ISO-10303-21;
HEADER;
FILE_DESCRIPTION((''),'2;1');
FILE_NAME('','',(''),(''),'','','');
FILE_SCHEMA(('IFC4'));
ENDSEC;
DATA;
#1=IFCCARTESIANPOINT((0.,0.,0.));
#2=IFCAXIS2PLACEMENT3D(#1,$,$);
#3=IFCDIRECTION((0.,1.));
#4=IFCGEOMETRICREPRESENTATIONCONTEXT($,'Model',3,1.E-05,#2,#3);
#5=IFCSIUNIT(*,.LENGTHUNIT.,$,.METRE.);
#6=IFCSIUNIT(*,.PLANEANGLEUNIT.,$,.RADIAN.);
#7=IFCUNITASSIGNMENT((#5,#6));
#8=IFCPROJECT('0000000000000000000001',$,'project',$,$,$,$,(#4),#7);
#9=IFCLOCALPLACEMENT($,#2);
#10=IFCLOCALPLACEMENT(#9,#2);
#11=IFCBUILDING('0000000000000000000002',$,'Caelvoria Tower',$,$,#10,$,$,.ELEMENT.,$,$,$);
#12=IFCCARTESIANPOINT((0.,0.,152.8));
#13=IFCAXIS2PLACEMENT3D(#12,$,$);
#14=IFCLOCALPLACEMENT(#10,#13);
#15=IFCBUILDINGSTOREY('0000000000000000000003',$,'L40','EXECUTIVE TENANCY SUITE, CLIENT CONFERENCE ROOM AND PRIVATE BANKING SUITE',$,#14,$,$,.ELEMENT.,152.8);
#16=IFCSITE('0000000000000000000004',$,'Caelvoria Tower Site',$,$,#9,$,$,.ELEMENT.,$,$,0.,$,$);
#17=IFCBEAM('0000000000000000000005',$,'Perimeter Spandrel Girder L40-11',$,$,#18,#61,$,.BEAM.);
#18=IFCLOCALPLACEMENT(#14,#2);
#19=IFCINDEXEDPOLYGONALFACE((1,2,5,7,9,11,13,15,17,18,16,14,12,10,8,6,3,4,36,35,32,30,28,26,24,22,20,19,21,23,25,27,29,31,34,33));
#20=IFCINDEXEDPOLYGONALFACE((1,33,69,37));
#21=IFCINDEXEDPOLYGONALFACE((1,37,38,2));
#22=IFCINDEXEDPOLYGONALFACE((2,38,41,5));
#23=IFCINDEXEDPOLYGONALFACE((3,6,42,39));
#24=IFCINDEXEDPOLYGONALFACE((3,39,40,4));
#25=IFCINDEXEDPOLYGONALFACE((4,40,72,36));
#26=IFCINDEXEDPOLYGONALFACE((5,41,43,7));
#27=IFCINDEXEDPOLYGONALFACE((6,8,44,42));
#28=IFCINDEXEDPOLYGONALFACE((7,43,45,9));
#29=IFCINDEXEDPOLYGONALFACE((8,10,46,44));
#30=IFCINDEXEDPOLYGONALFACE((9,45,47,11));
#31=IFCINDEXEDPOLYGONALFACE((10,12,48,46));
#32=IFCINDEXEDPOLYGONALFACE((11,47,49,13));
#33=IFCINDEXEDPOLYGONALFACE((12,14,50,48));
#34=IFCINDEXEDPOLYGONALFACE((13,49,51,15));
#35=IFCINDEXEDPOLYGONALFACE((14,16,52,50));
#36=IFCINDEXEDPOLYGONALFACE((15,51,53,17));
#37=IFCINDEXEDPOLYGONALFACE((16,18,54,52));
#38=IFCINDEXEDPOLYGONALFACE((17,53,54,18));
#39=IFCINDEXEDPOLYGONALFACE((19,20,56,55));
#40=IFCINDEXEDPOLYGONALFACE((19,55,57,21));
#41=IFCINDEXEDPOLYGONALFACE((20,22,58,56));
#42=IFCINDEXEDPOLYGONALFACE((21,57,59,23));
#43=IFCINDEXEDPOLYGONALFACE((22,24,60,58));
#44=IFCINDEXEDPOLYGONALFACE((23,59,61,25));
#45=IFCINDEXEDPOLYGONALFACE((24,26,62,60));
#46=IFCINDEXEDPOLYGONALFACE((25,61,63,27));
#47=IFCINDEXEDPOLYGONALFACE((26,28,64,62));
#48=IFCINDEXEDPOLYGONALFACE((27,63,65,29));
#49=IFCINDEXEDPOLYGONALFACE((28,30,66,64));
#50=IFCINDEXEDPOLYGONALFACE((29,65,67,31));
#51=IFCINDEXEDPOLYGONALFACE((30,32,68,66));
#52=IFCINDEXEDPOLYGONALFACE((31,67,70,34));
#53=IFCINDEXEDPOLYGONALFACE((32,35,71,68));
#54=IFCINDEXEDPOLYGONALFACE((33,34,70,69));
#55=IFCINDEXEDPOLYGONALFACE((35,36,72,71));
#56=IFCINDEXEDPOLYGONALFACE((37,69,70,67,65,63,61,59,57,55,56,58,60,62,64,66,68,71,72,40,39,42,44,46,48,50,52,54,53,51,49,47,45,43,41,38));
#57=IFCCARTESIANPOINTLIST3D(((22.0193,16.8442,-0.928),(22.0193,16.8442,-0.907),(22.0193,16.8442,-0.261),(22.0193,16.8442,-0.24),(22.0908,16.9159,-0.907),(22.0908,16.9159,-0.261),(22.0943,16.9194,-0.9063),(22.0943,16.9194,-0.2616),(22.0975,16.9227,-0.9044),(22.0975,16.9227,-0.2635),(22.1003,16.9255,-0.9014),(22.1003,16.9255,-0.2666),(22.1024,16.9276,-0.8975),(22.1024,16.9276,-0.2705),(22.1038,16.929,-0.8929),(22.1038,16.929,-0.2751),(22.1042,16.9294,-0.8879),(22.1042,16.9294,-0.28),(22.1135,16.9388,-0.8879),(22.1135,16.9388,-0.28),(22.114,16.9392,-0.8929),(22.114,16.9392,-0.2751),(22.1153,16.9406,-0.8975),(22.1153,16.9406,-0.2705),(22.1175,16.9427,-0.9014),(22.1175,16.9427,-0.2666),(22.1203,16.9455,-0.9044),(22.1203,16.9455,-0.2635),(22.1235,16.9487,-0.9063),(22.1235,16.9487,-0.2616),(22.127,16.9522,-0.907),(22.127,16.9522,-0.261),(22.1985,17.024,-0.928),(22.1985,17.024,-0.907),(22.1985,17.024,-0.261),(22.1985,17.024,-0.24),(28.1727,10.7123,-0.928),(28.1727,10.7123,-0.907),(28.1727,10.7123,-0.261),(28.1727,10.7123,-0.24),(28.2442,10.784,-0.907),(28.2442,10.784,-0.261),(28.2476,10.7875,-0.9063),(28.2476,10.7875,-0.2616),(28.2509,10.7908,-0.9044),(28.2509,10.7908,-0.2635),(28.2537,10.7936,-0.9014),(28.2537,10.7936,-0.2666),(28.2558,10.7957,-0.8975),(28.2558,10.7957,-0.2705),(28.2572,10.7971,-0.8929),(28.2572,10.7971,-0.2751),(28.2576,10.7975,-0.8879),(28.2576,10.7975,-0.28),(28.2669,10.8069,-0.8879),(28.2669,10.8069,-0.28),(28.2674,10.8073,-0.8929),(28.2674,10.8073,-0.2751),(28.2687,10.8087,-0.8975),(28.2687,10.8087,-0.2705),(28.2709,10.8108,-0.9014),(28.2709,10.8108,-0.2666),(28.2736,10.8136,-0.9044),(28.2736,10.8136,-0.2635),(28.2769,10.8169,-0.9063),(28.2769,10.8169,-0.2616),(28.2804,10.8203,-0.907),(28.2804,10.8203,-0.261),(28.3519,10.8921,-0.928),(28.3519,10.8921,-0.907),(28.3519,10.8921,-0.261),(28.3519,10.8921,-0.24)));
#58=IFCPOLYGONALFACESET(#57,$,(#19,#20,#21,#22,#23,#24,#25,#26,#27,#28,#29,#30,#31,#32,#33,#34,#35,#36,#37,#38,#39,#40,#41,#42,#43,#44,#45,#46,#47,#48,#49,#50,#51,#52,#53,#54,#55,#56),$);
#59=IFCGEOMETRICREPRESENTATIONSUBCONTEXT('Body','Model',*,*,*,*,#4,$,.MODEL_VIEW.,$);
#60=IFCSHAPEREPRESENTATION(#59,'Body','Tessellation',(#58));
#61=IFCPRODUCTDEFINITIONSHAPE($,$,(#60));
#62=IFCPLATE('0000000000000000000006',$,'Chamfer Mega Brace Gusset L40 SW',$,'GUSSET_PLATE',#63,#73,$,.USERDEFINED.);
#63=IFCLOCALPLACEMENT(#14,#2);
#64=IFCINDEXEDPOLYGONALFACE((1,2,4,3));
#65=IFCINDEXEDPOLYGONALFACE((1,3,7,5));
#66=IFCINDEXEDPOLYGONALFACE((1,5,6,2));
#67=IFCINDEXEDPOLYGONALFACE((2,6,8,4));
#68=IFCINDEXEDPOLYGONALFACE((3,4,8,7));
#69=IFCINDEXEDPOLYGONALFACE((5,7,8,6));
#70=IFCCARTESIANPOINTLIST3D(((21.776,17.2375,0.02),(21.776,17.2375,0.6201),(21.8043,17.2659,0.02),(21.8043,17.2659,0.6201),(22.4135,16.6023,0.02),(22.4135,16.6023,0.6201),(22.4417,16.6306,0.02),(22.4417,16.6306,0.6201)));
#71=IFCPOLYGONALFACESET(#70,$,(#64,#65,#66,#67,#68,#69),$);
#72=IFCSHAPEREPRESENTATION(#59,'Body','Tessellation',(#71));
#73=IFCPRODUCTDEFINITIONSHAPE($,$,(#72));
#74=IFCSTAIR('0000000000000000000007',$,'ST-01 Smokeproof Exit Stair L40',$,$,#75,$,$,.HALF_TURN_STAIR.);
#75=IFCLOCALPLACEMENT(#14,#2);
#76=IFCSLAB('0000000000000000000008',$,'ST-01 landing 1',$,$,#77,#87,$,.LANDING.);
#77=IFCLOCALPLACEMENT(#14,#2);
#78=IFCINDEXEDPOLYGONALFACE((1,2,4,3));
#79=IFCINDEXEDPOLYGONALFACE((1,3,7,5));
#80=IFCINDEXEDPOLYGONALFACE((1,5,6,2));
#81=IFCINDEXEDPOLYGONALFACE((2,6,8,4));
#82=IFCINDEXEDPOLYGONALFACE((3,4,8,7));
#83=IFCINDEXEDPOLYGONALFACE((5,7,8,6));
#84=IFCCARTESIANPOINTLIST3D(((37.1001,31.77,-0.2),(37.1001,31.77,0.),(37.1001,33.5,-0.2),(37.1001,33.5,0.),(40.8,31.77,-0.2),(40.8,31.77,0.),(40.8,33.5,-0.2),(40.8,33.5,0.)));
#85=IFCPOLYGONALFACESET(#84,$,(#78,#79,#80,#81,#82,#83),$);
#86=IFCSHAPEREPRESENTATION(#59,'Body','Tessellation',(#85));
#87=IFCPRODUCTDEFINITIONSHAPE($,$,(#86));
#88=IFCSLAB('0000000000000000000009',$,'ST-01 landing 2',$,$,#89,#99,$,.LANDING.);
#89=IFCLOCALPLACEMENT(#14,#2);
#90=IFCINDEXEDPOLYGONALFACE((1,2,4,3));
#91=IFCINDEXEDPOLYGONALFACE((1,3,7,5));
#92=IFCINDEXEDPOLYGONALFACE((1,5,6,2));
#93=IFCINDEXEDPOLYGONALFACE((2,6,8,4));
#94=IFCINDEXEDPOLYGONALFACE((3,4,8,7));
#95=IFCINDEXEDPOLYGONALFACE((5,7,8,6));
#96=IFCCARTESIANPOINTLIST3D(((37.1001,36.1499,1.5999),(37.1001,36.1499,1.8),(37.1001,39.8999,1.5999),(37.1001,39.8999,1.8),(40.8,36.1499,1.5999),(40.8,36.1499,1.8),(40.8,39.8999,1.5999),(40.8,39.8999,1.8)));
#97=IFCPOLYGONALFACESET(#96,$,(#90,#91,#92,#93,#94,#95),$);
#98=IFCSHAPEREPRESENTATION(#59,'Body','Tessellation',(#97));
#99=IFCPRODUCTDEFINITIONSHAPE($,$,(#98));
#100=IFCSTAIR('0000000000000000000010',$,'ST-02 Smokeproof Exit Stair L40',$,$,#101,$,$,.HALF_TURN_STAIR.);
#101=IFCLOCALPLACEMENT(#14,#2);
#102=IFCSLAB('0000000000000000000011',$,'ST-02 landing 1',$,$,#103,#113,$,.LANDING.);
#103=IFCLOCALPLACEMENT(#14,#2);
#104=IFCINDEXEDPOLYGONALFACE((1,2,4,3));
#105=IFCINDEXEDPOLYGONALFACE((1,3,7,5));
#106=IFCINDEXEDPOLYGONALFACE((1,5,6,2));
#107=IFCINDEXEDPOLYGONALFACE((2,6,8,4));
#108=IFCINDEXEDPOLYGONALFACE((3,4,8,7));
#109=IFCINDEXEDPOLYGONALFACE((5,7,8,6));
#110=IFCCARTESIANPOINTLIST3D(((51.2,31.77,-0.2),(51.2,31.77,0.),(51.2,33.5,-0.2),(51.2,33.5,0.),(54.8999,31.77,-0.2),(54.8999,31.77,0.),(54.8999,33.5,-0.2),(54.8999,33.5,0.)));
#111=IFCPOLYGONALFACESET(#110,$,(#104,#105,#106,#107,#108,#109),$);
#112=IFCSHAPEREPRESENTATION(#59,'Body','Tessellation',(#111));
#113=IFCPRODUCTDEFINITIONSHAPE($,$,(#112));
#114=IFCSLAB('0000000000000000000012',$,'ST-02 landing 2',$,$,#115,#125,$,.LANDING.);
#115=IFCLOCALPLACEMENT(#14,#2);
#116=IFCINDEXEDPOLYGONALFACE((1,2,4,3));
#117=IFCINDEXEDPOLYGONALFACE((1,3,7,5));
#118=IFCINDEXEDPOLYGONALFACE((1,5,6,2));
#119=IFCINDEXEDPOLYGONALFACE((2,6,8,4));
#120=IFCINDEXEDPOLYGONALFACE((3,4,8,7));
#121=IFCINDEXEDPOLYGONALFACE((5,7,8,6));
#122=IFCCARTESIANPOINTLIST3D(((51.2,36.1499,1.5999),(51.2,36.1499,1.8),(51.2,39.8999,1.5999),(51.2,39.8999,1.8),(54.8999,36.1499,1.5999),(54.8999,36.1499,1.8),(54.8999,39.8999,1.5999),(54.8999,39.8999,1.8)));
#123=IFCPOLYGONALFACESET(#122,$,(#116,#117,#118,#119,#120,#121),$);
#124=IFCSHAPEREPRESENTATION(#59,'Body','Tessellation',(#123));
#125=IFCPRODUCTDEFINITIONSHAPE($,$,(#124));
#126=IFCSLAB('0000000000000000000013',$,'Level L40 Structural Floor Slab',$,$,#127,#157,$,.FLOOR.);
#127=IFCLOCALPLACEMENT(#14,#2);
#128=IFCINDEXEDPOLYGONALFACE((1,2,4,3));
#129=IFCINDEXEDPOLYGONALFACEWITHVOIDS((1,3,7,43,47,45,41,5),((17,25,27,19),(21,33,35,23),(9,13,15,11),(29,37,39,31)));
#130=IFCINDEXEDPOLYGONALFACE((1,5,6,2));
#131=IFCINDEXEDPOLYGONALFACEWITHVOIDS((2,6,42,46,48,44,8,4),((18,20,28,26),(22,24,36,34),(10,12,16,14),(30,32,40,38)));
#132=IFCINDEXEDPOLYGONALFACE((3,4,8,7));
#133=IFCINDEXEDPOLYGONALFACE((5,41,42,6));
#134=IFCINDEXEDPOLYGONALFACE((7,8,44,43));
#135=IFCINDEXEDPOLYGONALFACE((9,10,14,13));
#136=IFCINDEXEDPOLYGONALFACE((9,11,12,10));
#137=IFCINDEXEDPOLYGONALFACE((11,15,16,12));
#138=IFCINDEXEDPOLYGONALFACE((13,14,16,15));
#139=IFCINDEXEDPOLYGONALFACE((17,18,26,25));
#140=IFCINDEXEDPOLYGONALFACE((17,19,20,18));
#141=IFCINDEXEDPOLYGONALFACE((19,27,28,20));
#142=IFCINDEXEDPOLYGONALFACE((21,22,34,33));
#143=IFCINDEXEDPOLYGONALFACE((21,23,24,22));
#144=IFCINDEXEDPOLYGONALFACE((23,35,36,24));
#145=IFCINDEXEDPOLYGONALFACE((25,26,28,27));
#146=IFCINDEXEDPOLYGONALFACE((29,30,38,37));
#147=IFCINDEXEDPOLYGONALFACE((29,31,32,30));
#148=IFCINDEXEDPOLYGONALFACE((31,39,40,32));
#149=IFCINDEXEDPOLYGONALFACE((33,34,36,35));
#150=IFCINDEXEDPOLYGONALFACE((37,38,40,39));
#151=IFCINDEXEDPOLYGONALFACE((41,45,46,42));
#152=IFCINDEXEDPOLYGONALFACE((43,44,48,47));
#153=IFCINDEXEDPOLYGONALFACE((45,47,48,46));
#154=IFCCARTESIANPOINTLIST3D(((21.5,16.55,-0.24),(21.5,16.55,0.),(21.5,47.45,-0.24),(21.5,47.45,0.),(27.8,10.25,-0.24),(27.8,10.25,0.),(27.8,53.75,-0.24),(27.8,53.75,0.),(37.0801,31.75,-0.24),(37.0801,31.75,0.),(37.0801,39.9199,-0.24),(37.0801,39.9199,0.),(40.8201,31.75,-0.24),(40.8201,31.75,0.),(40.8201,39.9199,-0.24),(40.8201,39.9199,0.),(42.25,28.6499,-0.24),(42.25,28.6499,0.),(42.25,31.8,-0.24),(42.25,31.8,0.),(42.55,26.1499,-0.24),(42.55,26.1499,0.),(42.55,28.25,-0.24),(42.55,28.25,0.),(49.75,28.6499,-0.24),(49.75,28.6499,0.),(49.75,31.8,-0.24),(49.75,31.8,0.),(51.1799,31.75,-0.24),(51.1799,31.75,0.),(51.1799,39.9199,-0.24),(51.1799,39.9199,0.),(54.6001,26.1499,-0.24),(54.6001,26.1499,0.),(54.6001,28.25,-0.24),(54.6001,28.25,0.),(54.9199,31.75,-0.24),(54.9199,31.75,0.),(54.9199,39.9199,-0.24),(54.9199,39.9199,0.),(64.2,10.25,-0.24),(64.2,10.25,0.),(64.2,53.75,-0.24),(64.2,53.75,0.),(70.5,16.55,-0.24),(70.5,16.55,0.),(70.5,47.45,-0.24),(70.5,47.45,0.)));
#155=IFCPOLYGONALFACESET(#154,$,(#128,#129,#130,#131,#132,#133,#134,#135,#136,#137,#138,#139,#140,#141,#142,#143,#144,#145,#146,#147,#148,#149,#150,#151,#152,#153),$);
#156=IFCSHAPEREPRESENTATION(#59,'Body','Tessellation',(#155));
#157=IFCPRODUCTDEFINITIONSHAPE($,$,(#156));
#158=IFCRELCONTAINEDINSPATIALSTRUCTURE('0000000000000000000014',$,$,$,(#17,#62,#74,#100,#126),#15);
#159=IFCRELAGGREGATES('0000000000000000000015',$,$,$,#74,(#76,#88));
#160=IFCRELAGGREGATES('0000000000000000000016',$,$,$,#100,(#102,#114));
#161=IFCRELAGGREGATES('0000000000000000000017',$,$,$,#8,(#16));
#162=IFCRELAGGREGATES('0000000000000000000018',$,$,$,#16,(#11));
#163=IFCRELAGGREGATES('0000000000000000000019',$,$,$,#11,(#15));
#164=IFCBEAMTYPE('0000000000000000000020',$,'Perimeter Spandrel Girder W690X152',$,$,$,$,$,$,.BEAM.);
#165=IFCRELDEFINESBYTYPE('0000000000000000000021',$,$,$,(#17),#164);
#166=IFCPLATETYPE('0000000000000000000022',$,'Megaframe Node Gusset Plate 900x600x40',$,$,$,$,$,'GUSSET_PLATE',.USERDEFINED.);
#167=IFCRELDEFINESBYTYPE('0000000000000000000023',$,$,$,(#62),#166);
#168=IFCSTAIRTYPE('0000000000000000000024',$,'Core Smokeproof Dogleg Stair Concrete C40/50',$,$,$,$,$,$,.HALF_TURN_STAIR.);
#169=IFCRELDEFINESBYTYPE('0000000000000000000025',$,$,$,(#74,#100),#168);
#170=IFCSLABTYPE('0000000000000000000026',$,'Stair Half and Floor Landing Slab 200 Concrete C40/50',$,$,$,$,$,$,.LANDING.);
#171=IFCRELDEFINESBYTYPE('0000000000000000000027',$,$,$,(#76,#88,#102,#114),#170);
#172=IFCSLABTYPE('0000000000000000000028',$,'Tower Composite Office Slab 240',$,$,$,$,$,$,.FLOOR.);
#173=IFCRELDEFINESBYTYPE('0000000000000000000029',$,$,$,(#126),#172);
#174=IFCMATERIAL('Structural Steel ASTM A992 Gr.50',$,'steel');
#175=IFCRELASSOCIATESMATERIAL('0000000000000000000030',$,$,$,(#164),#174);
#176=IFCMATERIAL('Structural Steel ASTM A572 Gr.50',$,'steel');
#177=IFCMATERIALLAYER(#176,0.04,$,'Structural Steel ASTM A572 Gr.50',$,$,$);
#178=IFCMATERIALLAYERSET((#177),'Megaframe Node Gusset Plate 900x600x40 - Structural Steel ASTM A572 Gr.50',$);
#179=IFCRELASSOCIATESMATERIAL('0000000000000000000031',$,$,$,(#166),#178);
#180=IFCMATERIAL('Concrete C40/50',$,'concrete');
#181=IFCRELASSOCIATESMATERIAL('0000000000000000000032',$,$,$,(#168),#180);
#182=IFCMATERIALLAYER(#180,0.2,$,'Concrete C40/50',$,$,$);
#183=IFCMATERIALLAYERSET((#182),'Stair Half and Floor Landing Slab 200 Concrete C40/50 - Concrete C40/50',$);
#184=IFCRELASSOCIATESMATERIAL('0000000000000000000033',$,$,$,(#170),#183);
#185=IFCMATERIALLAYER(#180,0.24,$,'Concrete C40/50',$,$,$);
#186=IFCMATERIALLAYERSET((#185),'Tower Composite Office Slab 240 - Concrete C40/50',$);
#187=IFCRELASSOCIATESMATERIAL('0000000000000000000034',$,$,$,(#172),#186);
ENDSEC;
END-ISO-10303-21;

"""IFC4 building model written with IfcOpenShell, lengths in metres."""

from ifc_helpers import new_model, si_unit, direction, frame, origin, origin_2d, place, context, subcontext, project, spatial, polyline, rectangle, i_section, outline, extrude, material, layer, layer_set, material_profile, profile_set, type_object, element, aggregate, save


model = new_model("IFC4")

# Units and contexts
model_context = context("Model", 3, precision=1e-05, world=origin(), true_north=direction((0.0, 1.0)))
body_context = subcontext(model_context, "Body", "Model", "MODEL_VIEW")
ifc_project = project(units=[si_unit("LENGTHUNIT", "METRE"), si_unit("PLANEANGLEUNIT", "RADIAN")], contexts=[model_context])

# Site, building, storey
site_placement = place(None, origin())
site = spatial("IfcSite", under=ifc_project, at=site_placement, Name="Caelvoria Tower Site", CompositionType="ELEMENT", RefElevation=0.0)
building_placement = place(site_placement, origin())
building = spatial("IfcBuilding", under=site, at=building_placement, Name="Caelvoria Tower", CompositionType="ELEMENT")
storey_placement = place(building_placement, frame((0.0, 0.0, 152.8)))
storey = spatial("IfcBuildingStorey", under=building, at=storey_placement, Name="L40", Description="EXECUTIVE TENANCY SUITE, CLIENT CONFERENCE ROOM AND PRIVATE BANKING SUITE", CompositionType="ELEMENT", Elevation=152.8)

# Shared definitions
ifc_material_1 = material(Name="Structural Steel ASTM A572 Gr.50", Category="steel")
ifc_material_2 = material(Name="Structural Steel ASTM A992 Gr.50", Category="steel")

# Beam
ifc_material_profile_1 = material_profile(ifc_material_2, i_section(OverallWidth=0.2539, OverallDepth=0.688, WebThickness=0.0132, FlangeThickness=0.021, FilletRadius=0.019, at=origin_2d()), Name="Structural Steel ASTM A992 Gr.50")
ifc_profile_set_1 = profile_set([ifc_material_profile_1], Name="W690X152 - Structural Steel ASTM A992 Gr.50")
beam_type = type_object("IfcBeamType", Name="Perimeter Spandrel Girder W690X152", PredefinedType="BEAM", material=ifc_profile_set_1)
beam_placement = place(storey_placement, frame((22.1089, 16.9341, -0.584), z_axis=(0.708342, -0.705869, 0.0), x_axis=(0.705869, 0.708342, 0.0)))
element("IfcBeam", 1, at=beam_placement, inside=storey, type_object=beam_type, Name="Perimeter Spandrel Girder L40-11", PredefinedType="BEAM", context=body_context, shape_type="SweptSolid", body=[
    extrude(i_section(OverallWidth=0.2539, OverallDepth=0.688, WebThickness=0.0132, FlangeThickness=0.021, FilletRadius=0.019, at=origin_2d()), origin(), (0.0, 0.0, 1.0), 8.687),
])

# Plate
ifc_layer_1 = layer(ifc_material_1, 0.04, Name="Structural Steel ASTM A572 Gr.50")
ifc_layer_set_1 = layer_set([ifc_layer_1], Name="Megaframe Node Gusset Plate 900x600x40 - Structural Steel ASTM A572 Gr.50")
plate_type = type_object("IfcPlateType", Name="Megaframe Node Gusset Plate 900x600x40", ElementType="GUSSET_PLATE", PredefinedType="USERDEFINED", material=ifc_layer_set_1)
plate_placement = place(storey_placement, frame((22.1089, 16.9341, 0.02), z_axis=(0.0, 0.0, 1.0), x_axis=(0.708326, -0.705885, 0.0)))
element("IfcPlate", 2, at=plate_placement, inside=storey, type_object=plate_type, Name="Chamfer Mega Brace Gusset L40 SW", ObjectType="GUSSET_PLATE", PredefinedType="USERDEFINED", context=body_context, shape_type="SweptSolid", body=[
    extrude(rectangle(XDim=0.8999, YDim=0.04, at=origin_2d()), origin(), (0.0, 0.0, 1.0), 0.6001),
])

# Stairs, slabs
ifc_material_3 = material(Name="Concrete C40/50", Category="concrete")
stair_type = type_object("IfcStairType", Name="Core Smokeproof Dogleg Stair Concrete C40/50", PredefinedType="HALF_TURN_STAIR", material=ifc_material_3)
stair_1_placement = place(storey_placement, origin())
stair_1 = element("IfcStair", 3, at=stair_1_placement, inside=storey, type_object=stair_type, Name="ST-01 Smokeproof Exit Stair L40", PredefinedType="HALF_TURN_STAIR")
ifc_layer_2 = layer(ifc_material_3, 0.2, Name="Concrete C40/50")
ifc_layer_set_2 = layer_set([ifc_layer_2], Name="Stair Half and Floor Landing Slab 200 Concrete C40/50 - Concrete C40/50")
slab_type_1 = type_object("IfcSlabType", Name="Stair Half and Floor Landing Slab 200 Concrete C40/50", PredefinedType="LANDING", material=ifc_layer_set_2)
slab_1_placement = place(storey_placement, frame((0.0, 0.0, -0.2)))
slab_1 = element("IfcSlab", 4, at=slab_1_placement, type_object=slab_type_1, Name="ST-01 landing 1", PredefinedType="LANDING", context=body_context, shape_type="SweptSolid", body=[
    extrude(outline(polyline([(37.1001, 31.77), (40.8, 31.77), (40.8, 33.5), (37.1001, 33.5), (37.1001, 31.77)])), origin(), (0.0, 0.0, 1.0), 0.2),
])
slab_2_placement = place(storey_placement, frame((0.0, 0.0, 1.5999)))
slab_2 = element("IfcSlab", 5, at=slab_2_placement, type_object=slab_type_1, Name="ST-01 landing 2", PredefinedType="LANDING", context=body_context, shape_type="SweptSolid", body=[
    extrude(outline(polyline([(37.1001, 36.1499), (40.8, 36.1499), (40.8, 39.8999), (37.1001, 39.8999), (37.1001, 36.1499)])), origin(), (0.0, 0.0, 1.0), 0.2002),
])
aggregate(stair_1, [slab_1, slab_2])
stair_2_placement = place(storey_placement, origin())
stair_2 = element("IfcStair", 6, at=stair_2_placement, inside=storey, type_object=stair_type, Name="ST-02 Smokeproof Exit Stair L40", PredefinedType="HALF_TURN_STAIR")
slab_3_placement = place(storey_placement, frame((0.0, 0.0, -0.2)))
slab_3 = element("IfcSlab", 7, at=slab_3_placement, type_object=slab_type_1, Name="ST-02 landing 1", PredefinedType="LANDING", context=body_context, shape_type="SweptSolid", body=[
    extrude(outline(polyline([(51.2, 31.77), (54.8999, 31.77), (54.8999, 33.5), (51.2, 33.5), (51.2, 31.77)])), origin(), (0.0, 0.0, 1.0), 0.2),
])
slab_4_placement = place(storey_placement, frame((0.0, 0.0, 1.5999)))
slab_4 = element("IfcSlab", 8, at=slab_4_placement, type_object=slab_type_1, Name="ST-02 landing 2", PredefinedType="LANDING", context=body_context, shape_type="SweptSolid", body=[
    extrude(outline(polyline([(51.2, 36.1499), (54.8999, 36.1499), (54.8999, 39.8999), (51.2, 39.8999), (51.2, 36.1499)])), origin(), (0.0, 0.0, 1.0), 0.2002),
])
aggregate(stair_2, [slab_3, slab_4])

# Slab
ifc_layer_3 = layer(ifc_material_3, 0.24, Name="Concrete C40/50")
ifc_layer_set_3 = layer_set([ifc_layer_3], Name="Tower Composite Office Slab 240 - Concrete C40/50")
slab_type_2 = type_object("IfcSlabType", Name="Tower Composite Office Slab 240", PredefinedType="FLOOR", material=ifc_layer_set_3)
slab_5_placement = place(storey_placement, frame((0.0, 0.0, -0.24)))
element("IfcSlab", 9, at=slab_5_placement, inside=storey, type_object=slab_type_2, Name="Level L40 Structural Floor Slab", PredefinedType="FLOOR", context=body_context, shape_type="SweptSolid", body=[
    extrude(outline(polyline([(27.8, 10.25), (64.2, 10.25), (70.5, 16.55), (70.5, 47.45), (64.2, 53.75), (27.8, 53.75), (21.5, 47.45), (21.5, 16.55), (27.8, 10.25)]), holes=[polyline([(37.0801, 31.75), (40.8201, 31.75), (40.8201, 39.9199), (37.0801, 39.9199), (37.0801, 31.75)]), polyline([(51.1799, 31.75), (54.9199, 31.75), (54.9199, 39.9199), (51.1799, 39.9199), (51.1799, 31.75)]), polyline([(42.25, 28.6499), (49.75, 28.6499), (49.75, 31.8), (42.25, 31.8), (42.25, 28.6499)]), polyline([(42.55, 26.1499), (54.6001, 26.1499), (54.6001, 28.25), (42.55, 28.25), (42.55, 26.1499)])]), origin(), (0.0, 0.0, 1.0), 0.24),
])

save(model, "model.ifc")
